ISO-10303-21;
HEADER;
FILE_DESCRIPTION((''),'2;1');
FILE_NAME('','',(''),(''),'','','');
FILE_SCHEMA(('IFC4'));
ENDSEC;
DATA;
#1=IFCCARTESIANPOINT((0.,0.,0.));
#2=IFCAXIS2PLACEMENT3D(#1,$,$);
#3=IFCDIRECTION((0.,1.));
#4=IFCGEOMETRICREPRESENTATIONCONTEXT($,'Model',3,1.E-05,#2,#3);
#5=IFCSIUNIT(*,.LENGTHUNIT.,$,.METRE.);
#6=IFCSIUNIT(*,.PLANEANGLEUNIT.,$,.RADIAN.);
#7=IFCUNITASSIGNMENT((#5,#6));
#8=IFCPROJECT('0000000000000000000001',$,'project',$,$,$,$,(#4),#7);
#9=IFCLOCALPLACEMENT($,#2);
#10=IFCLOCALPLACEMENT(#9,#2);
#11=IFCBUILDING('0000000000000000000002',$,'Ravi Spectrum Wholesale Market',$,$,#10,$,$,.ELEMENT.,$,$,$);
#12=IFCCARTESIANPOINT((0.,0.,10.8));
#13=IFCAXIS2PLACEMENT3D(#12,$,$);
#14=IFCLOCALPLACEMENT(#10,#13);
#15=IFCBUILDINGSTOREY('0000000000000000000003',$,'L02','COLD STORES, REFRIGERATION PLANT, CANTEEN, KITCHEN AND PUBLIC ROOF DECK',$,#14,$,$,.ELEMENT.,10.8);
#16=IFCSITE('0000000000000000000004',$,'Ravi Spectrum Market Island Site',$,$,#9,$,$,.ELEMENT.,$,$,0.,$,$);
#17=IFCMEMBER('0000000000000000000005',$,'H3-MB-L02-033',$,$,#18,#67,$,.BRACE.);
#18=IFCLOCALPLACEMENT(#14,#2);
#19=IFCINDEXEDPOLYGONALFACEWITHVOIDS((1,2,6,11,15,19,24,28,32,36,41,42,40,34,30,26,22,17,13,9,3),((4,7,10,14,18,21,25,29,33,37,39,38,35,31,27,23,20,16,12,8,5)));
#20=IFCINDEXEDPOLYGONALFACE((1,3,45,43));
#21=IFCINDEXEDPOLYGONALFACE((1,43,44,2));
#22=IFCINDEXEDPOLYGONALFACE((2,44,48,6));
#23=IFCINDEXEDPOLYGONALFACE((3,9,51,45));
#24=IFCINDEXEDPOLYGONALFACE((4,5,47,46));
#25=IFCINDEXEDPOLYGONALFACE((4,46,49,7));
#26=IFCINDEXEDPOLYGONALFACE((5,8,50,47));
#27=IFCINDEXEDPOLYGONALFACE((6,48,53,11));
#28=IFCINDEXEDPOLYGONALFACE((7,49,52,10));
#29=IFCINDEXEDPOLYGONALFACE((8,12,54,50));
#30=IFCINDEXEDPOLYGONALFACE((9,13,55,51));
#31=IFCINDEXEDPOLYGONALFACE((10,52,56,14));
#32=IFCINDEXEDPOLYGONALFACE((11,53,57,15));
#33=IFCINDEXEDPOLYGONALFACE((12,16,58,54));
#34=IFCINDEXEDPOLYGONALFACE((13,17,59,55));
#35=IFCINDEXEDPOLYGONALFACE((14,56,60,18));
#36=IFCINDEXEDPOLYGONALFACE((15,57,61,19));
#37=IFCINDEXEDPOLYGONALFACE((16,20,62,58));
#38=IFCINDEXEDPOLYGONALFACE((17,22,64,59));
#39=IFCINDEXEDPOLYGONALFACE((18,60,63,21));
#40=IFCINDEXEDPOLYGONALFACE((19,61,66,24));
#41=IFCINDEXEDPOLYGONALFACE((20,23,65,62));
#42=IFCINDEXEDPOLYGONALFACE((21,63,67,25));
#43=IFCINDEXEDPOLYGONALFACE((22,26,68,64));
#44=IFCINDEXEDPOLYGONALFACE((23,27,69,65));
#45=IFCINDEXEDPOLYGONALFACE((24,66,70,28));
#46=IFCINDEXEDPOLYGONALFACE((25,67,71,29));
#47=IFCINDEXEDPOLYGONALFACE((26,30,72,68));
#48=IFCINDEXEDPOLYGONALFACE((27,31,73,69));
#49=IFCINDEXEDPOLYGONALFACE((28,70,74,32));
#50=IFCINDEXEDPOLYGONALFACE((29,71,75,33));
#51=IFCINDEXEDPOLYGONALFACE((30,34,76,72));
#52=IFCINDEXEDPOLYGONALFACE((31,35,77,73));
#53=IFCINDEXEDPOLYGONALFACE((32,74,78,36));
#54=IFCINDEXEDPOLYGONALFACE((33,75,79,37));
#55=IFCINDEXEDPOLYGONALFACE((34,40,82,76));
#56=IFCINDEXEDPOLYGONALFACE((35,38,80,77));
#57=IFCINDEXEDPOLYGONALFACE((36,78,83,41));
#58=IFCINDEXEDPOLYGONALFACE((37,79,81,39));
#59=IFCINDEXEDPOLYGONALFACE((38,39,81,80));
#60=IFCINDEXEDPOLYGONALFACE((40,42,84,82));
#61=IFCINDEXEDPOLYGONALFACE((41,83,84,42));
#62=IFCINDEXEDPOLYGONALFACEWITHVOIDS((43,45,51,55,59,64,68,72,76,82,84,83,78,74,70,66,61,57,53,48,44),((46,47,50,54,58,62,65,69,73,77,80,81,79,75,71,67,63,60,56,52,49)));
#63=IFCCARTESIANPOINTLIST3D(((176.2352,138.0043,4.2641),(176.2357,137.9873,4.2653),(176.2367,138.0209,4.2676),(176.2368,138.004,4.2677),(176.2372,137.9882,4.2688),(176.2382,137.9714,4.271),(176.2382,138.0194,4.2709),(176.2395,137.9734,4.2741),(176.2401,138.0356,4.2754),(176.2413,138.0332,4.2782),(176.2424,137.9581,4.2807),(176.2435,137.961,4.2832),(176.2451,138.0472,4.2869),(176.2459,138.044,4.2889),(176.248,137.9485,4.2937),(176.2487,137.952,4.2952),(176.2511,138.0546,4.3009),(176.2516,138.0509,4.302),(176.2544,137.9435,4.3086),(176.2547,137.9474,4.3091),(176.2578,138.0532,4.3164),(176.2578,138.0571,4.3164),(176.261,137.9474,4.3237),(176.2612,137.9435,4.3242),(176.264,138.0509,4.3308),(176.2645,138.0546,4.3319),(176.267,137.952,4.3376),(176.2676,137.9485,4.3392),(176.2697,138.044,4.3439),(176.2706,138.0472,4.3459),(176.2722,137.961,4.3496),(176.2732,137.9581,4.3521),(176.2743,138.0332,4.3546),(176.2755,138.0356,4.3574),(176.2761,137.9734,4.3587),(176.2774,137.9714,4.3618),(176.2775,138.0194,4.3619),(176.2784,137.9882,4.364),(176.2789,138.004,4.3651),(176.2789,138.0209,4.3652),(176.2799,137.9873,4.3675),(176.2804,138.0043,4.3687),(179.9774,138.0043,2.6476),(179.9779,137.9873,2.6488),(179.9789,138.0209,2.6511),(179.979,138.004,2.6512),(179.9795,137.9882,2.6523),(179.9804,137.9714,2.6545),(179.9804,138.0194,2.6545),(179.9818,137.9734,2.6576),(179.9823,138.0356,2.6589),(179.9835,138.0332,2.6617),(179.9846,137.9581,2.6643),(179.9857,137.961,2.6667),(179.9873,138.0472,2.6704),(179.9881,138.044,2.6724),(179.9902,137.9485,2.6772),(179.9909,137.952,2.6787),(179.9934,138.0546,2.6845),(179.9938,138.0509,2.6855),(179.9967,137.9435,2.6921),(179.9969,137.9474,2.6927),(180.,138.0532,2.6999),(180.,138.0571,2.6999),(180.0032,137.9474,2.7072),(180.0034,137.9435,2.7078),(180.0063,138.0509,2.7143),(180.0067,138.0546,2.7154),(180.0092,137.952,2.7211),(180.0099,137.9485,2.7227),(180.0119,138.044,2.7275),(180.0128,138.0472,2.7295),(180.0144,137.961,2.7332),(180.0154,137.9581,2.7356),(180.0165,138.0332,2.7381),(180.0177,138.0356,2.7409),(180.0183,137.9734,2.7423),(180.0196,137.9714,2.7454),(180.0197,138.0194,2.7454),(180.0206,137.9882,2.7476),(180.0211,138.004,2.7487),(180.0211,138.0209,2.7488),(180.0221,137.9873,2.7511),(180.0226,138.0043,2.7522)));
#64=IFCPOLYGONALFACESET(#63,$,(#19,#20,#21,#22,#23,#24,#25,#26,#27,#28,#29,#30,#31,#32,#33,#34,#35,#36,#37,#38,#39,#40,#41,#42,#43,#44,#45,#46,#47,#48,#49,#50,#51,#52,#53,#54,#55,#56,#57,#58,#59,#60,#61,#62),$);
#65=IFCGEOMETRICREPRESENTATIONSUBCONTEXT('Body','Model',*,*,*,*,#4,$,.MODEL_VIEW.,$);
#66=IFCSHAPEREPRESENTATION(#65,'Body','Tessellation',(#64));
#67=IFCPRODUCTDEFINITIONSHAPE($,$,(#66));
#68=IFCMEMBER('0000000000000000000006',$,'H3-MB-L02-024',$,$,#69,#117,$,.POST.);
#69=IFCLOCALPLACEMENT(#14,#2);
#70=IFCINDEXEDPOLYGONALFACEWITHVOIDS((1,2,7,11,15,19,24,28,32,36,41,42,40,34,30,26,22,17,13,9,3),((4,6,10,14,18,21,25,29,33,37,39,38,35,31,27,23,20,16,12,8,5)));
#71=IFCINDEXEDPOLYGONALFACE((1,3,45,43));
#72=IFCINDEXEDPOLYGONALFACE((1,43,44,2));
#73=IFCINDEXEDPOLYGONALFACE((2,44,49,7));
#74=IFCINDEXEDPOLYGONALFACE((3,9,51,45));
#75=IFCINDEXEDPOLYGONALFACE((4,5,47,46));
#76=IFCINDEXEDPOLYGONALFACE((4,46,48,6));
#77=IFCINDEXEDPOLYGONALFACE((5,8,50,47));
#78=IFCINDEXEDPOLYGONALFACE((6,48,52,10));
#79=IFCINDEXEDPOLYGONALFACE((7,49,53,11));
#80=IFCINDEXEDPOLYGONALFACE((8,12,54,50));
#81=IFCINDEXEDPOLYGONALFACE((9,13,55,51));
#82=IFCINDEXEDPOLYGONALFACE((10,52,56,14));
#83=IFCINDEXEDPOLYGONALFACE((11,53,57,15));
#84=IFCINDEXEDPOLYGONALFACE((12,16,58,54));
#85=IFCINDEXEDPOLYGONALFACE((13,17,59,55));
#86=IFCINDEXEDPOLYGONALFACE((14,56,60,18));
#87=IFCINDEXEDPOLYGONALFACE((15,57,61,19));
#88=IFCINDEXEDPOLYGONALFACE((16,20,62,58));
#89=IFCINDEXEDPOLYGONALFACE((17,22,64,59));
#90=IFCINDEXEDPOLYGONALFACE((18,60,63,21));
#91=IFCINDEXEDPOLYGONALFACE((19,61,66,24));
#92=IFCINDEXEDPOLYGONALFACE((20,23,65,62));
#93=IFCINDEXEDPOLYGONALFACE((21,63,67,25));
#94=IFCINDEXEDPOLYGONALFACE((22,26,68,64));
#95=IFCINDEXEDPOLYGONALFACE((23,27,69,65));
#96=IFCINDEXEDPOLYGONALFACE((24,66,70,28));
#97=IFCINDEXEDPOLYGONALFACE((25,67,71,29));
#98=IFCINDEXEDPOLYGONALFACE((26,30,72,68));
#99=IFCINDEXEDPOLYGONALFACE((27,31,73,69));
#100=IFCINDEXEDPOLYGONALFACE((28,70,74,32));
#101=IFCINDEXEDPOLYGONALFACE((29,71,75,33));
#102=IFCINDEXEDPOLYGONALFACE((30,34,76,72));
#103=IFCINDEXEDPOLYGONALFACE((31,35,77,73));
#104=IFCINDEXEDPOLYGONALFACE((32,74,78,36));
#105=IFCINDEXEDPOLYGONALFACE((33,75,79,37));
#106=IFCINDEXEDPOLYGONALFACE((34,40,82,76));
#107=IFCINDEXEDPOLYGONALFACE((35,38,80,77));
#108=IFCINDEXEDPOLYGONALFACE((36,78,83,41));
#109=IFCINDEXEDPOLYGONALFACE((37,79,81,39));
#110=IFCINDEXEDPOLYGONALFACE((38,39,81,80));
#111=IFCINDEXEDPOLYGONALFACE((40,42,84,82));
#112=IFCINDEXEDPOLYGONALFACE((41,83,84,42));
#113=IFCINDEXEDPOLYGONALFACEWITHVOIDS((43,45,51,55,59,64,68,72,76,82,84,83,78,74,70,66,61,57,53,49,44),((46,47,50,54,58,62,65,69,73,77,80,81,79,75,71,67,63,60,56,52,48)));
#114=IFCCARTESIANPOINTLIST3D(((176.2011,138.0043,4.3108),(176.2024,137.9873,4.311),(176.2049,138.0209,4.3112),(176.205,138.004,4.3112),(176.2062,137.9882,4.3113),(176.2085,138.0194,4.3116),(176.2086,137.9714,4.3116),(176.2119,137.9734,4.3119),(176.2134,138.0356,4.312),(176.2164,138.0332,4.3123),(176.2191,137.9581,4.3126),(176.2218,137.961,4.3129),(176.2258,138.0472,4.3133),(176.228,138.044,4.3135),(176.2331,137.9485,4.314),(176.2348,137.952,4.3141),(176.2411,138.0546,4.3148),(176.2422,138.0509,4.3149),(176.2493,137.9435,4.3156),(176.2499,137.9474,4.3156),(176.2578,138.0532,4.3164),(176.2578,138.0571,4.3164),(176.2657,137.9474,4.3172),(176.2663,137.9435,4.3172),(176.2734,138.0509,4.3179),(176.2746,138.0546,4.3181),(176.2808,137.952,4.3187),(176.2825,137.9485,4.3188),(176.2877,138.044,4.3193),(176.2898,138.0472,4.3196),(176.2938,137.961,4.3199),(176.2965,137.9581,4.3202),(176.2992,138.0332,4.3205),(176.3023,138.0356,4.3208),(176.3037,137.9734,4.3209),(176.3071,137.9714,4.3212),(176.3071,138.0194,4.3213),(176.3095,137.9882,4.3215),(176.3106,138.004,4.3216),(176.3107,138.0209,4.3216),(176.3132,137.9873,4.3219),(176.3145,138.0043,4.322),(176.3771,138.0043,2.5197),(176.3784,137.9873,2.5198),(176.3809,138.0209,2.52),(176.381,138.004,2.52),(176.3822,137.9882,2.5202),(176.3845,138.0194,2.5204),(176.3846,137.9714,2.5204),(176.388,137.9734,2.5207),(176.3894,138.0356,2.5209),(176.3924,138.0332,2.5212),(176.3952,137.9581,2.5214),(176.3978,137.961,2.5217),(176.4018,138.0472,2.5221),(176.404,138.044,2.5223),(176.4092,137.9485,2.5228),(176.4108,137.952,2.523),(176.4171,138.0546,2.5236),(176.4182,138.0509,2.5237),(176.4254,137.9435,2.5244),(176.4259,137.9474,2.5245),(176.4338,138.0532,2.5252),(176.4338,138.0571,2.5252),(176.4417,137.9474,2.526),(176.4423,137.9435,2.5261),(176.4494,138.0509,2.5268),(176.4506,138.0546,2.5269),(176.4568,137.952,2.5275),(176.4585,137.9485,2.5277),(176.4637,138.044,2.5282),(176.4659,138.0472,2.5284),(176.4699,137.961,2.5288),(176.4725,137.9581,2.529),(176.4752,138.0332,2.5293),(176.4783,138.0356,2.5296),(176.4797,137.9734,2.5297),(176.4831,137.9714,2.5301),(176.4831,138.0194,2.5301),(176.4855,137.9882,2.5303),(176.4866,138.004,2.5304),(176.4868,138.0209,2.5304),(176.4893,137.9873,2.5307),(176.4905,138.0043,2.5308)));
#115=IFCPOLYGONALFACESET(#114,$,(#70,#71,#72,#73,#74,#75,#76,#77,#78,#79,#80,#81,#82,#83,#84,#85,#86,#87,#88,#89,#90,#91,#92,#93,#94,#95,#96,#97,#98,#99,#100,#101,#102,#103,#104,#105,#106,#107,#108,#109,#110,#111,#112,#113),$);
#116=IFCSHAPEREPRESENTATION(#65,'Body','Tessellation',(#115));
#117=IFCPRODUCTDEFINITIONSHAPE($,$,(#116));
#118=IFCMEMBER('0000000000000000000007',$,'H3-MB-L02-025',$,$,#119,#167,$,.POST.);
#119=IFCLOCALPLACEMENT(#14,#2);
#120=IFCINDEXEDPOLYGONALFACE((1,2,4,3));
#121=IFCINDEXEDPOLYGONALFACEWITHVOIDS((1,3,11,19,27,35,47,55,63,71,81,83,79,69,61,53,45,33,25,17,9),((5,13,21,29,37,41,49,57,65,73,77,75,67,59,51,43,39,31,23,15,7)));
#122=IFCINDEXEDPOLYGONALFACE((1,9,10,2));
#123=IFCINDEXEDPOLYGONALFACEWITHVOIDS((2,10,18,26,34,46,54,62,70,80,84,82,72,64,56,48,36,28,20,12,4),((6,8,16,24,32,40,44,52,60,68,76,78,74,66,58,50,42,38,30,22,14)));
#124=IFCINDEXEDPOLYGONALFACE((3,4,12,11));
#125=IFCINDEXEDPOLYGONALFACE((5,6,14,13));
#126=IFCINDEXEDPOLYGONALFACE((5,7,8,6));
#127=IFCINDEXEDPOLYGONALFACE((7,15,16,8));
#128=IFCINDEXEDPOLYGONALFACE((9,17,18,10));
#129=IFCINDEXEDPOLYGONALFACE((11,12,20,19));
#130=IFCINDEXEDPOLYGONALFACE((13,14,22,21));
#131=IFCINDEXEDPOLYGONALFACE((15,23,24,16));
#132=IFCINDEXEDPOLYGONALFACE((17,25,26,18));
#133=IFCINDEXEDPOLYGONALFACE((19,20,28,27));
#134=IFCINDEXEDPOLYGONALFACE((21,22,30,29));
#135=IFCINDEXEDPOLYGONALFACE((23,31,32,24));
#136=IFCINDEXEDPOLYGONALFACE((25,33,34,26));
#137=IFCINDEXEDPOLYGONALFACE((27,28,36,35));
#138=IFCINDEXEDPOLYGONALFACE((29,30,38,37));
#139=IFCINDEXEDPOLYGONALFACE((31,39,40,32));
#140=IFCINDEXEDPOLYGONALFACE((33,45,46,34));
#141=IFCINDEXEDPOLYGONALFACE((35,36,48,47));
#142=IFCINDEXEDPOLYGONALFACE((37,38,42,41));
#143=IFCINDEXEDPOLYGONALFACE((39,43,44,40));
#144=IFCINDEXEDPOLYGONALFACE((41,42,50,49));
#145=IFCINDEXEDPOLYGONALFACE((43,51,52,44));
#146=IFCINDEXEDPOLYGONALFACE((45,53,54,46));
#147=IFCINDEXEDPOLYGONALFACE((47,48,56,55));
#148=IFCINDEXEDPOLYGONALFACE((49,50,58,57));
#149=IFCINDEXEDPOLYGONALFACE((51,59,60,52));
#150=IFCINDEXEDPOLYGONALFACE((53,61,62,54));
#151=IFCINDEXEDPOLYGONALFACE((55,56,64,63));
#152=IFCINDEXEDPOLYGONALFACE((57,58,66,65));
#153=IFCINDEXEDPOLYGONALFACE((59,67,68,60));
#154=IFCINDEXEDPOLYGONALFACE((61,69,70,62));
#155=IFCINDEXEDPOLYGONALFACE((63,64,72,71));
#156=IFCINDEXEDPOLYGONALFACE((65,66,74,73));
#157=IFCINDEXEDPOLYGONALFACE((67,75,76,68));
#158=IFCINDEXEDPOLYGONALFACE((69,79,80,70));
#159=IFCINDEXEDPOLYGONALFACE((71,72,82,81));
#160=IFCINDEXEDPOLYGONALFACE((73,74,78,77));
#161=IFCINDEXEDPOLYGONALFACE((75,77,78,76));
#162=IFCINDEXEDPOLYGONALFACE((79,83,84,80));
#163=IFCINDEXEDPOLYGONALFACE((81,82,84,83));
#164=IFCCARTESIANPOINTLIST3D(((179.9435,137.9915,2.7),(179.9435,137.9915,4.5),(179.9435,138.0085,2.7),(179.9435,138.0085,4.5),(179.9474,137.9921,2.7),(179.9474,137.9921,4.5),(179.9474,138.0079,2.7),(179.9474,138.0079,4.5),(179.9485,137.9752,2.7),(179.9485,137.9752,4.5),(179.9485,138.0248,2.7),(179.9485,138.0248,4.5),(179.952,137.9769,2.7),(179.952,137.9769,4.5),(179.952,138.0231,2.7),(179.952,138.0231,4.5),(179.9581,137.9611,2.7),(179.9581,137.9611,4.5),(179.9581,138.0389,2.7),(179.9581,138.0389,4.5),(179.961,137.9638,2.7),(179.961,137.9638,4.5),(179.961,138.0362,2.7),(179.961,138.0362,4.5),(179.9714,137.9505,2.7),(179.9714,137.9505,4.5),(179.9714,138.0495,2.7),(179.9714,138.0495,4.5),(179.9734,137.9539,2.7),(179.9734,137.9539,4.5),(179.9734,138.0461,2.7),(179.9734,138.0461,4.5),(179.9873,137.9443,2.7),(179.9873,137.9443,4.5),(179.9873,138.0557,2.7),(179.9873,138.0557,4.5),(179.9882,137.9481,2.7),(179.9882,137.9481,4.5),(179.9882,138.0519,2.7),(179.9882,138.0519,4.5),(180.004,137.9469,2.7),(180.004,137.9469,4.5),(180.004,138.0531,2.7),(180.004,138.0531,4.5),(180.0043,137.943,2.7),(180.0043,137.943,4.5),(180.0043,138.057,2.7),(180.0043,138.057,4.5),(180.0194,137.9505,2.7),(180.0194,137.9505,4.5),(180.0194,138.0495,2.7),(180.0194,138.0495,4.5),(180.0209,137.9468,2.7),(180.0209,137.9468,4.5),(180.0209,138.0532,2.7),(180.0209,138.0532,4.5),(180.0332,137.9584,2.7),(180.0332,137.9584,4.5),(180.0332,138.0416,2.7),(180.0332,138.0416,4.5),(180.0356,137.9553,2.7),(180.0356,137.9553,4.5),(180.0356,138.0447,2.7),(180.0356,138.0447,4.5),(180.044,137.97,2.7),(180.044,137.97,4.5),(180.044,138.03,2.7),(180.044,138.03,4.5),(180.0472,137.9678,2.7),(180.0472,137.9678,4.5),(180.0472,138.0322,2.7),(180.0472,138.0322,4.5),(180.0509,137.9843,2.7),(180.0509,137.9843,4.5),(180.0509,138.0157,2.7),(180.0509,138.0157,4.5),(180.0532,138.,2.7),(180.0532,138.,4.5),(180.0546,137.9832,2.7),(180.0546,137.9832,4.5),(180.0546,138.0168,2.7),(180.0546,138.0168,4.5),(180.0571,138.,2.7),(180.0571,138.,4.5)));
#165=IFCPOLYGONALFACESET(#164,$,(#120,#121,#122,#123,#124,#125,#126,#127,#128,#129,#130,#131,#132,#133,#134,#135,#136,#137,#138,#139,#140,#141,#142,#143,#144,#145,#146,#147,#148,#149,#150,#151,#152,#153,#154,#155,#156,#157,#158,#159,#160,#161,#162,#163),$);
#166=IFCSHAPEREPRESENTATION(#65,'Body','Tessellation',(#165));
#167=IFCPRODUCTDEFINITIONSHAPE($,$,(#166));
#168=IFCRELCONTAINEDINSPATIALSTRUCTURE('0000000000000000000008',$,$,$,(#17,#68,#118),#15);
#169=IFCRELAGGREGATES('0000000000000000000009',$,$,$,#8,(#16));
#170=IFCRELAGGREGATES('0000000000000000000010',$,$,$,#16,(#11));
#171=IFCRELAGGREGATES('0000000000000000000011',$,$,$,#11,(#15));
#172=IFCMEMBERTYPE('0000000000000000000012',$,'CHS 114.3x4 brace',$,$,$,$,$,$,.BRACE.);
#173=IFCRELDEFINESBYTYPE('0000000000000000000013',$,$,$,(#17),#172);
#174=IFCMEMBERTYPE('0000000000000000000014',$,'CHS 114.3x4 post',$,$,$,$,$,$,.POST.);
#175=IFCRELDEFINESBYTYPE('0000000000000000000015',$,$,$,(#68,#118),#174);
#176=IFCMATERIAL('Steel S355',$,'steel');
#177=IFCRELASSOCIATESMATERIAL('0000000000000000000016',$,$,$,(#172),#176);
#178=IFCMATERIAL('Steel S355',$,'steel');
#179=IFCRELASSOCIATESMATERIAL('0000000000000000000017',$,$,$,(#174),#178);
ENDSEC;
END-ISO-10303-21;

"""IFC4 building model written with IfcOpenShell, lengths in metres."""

from ifc_helpers import new_model, si_unit, direction, frame, origin, origin_2d, place, context, subcontext, project, spatial, hollow_circle, extrude, material, material_profile, profile_set, type_object, element, save


model = new_model("IFC4")

# Units and contexts
model_context = context("Model", 3, precision=1e-05, world=origin(), true_north=direction((0.0, 1.0)))
body_context = subcontext(model_context, "Body", "Model", "MODEL_VIEW")
ifc_project = project(units=[si_unit("LENGTHUNIT", "METRE"), si_unit("PLANEANGLEUNIT", "RADIAN")], contexts=[model_context])

# Site, building, storey
site_placement = place(None, origin())
site = spatial("IfcSite", under=ifc_project, at=site_placement, Name="Ravi Spectrum Market Island Site", CompositionType="ELEMENT", RefElevation=0.0)
building_placement = place(site_placement, origin())
building = spatial("IfcBuilding", under=site, at=building_placement, Name="Ravi Spectrum Wholesale Market", CompositionType="ELEMENT")
storey_placement = place(building_placement, frame((0.0, 0.0, 10.8)))
storey = spatial("IfcBuildingStorey", under=building, at=storey_placement, Name="L02", Description="COLD STORES, REFRIGERATION PLANT, CANTEEN, KITCHEN AND PUBLIC ROOF DECK", CompositionType="ELEMENT", Elevation=10.8)

# Members
ifc_material_1 = material(Name="Steel S355", Category="steel")
ifc_material_profile_1 = material_profile(ifc_material_1, hollow_circle(Radius=0.0571, WallThickness=0.0039, at=origin_2d()))
ifc_profile_set_1 = profile_set([ifc_material_profile_1], Name="Steel S355")
member_type_1 = type_object("IfcMemberType", Name="CHS 114.3x4 brace", PredefinedType="BRACE", material=ifc_profile_set_1)
member_1_placement = place(storey_placement, frame((176.2578, 138.0, 4.3164), z_axis=(0.918017, 0.0, -0.396542), x_axis=(0.0, 1.0, 0.0)))
element("IfcMember", 1, at=member_1_placement, inside=storey, type_object=member_type_1, Name="H3-MB-L02-033", PredefinedType="BRACE", context=body_context, shape_type="SweptSolid", body=[
    extrude(hollow_circle(Radius=0.0571, WallThickness=0.0039, at=origin_2d()), origin(), (0.0, 0.0, 1.0), 4.0764),
])
ifc_material_2 = material(Name="Steel S355", Category="steel")
ifc_material_profile_2 = material_profile(ifc_material_2, hollow_circle(Radius=0.0571, WallThickness=0.0039, at=origin_2d()))
ifc_profile_set_2 = profile_set([ifc_material_profile_2], Name="Steel S355")
member_type_2 = type_object("IfcMemberType", Name="CHS 114.3x4 post", PredefinedType="POST", material=ifc_profile_set_2)
member_2_placement = place(storey_placement, frame((176.2578, 138.0, 4.3164), z_axis=(0.097798, 0.0, -0.995206), x_axis=(0.0, 1.0, 0.0)))
element("IfcMember", 2, at=member_2_placement, inside=storey, type_object=member_type_2, Name="H3-MB-L02-024", PredefinedType="POST", context=body_context, shape_type="SweptSolid", body=[
    extrude(hollow_circle(Radius=0.0571, WallThickness=0.0039, at=origin_2d()), origin(), (0.0, 0.0, 1.0), 1.7998),
])
member_3_placement = place(storey_placement, frame((180.0, 138.0, 4.5), z_axis=(0.0, 0.0, -1.0), x_axis=(1.0, 0.0, 0.0)))
element("IfcMember", 3, at=member_3_placement, inside=storey, type_object=member_type_2, Name="H3-MB-L02-025", PredefinedType="POST", context=body_context, shape_type="SweptSolid", body=[
    extrude(hollow_circle(Radius=0.0571, WallThickness=0.0039, at=origin_2d()), origin(), (0.0, 0.0, 1.0), 1.8),
])

save(model, "model.ifc")
